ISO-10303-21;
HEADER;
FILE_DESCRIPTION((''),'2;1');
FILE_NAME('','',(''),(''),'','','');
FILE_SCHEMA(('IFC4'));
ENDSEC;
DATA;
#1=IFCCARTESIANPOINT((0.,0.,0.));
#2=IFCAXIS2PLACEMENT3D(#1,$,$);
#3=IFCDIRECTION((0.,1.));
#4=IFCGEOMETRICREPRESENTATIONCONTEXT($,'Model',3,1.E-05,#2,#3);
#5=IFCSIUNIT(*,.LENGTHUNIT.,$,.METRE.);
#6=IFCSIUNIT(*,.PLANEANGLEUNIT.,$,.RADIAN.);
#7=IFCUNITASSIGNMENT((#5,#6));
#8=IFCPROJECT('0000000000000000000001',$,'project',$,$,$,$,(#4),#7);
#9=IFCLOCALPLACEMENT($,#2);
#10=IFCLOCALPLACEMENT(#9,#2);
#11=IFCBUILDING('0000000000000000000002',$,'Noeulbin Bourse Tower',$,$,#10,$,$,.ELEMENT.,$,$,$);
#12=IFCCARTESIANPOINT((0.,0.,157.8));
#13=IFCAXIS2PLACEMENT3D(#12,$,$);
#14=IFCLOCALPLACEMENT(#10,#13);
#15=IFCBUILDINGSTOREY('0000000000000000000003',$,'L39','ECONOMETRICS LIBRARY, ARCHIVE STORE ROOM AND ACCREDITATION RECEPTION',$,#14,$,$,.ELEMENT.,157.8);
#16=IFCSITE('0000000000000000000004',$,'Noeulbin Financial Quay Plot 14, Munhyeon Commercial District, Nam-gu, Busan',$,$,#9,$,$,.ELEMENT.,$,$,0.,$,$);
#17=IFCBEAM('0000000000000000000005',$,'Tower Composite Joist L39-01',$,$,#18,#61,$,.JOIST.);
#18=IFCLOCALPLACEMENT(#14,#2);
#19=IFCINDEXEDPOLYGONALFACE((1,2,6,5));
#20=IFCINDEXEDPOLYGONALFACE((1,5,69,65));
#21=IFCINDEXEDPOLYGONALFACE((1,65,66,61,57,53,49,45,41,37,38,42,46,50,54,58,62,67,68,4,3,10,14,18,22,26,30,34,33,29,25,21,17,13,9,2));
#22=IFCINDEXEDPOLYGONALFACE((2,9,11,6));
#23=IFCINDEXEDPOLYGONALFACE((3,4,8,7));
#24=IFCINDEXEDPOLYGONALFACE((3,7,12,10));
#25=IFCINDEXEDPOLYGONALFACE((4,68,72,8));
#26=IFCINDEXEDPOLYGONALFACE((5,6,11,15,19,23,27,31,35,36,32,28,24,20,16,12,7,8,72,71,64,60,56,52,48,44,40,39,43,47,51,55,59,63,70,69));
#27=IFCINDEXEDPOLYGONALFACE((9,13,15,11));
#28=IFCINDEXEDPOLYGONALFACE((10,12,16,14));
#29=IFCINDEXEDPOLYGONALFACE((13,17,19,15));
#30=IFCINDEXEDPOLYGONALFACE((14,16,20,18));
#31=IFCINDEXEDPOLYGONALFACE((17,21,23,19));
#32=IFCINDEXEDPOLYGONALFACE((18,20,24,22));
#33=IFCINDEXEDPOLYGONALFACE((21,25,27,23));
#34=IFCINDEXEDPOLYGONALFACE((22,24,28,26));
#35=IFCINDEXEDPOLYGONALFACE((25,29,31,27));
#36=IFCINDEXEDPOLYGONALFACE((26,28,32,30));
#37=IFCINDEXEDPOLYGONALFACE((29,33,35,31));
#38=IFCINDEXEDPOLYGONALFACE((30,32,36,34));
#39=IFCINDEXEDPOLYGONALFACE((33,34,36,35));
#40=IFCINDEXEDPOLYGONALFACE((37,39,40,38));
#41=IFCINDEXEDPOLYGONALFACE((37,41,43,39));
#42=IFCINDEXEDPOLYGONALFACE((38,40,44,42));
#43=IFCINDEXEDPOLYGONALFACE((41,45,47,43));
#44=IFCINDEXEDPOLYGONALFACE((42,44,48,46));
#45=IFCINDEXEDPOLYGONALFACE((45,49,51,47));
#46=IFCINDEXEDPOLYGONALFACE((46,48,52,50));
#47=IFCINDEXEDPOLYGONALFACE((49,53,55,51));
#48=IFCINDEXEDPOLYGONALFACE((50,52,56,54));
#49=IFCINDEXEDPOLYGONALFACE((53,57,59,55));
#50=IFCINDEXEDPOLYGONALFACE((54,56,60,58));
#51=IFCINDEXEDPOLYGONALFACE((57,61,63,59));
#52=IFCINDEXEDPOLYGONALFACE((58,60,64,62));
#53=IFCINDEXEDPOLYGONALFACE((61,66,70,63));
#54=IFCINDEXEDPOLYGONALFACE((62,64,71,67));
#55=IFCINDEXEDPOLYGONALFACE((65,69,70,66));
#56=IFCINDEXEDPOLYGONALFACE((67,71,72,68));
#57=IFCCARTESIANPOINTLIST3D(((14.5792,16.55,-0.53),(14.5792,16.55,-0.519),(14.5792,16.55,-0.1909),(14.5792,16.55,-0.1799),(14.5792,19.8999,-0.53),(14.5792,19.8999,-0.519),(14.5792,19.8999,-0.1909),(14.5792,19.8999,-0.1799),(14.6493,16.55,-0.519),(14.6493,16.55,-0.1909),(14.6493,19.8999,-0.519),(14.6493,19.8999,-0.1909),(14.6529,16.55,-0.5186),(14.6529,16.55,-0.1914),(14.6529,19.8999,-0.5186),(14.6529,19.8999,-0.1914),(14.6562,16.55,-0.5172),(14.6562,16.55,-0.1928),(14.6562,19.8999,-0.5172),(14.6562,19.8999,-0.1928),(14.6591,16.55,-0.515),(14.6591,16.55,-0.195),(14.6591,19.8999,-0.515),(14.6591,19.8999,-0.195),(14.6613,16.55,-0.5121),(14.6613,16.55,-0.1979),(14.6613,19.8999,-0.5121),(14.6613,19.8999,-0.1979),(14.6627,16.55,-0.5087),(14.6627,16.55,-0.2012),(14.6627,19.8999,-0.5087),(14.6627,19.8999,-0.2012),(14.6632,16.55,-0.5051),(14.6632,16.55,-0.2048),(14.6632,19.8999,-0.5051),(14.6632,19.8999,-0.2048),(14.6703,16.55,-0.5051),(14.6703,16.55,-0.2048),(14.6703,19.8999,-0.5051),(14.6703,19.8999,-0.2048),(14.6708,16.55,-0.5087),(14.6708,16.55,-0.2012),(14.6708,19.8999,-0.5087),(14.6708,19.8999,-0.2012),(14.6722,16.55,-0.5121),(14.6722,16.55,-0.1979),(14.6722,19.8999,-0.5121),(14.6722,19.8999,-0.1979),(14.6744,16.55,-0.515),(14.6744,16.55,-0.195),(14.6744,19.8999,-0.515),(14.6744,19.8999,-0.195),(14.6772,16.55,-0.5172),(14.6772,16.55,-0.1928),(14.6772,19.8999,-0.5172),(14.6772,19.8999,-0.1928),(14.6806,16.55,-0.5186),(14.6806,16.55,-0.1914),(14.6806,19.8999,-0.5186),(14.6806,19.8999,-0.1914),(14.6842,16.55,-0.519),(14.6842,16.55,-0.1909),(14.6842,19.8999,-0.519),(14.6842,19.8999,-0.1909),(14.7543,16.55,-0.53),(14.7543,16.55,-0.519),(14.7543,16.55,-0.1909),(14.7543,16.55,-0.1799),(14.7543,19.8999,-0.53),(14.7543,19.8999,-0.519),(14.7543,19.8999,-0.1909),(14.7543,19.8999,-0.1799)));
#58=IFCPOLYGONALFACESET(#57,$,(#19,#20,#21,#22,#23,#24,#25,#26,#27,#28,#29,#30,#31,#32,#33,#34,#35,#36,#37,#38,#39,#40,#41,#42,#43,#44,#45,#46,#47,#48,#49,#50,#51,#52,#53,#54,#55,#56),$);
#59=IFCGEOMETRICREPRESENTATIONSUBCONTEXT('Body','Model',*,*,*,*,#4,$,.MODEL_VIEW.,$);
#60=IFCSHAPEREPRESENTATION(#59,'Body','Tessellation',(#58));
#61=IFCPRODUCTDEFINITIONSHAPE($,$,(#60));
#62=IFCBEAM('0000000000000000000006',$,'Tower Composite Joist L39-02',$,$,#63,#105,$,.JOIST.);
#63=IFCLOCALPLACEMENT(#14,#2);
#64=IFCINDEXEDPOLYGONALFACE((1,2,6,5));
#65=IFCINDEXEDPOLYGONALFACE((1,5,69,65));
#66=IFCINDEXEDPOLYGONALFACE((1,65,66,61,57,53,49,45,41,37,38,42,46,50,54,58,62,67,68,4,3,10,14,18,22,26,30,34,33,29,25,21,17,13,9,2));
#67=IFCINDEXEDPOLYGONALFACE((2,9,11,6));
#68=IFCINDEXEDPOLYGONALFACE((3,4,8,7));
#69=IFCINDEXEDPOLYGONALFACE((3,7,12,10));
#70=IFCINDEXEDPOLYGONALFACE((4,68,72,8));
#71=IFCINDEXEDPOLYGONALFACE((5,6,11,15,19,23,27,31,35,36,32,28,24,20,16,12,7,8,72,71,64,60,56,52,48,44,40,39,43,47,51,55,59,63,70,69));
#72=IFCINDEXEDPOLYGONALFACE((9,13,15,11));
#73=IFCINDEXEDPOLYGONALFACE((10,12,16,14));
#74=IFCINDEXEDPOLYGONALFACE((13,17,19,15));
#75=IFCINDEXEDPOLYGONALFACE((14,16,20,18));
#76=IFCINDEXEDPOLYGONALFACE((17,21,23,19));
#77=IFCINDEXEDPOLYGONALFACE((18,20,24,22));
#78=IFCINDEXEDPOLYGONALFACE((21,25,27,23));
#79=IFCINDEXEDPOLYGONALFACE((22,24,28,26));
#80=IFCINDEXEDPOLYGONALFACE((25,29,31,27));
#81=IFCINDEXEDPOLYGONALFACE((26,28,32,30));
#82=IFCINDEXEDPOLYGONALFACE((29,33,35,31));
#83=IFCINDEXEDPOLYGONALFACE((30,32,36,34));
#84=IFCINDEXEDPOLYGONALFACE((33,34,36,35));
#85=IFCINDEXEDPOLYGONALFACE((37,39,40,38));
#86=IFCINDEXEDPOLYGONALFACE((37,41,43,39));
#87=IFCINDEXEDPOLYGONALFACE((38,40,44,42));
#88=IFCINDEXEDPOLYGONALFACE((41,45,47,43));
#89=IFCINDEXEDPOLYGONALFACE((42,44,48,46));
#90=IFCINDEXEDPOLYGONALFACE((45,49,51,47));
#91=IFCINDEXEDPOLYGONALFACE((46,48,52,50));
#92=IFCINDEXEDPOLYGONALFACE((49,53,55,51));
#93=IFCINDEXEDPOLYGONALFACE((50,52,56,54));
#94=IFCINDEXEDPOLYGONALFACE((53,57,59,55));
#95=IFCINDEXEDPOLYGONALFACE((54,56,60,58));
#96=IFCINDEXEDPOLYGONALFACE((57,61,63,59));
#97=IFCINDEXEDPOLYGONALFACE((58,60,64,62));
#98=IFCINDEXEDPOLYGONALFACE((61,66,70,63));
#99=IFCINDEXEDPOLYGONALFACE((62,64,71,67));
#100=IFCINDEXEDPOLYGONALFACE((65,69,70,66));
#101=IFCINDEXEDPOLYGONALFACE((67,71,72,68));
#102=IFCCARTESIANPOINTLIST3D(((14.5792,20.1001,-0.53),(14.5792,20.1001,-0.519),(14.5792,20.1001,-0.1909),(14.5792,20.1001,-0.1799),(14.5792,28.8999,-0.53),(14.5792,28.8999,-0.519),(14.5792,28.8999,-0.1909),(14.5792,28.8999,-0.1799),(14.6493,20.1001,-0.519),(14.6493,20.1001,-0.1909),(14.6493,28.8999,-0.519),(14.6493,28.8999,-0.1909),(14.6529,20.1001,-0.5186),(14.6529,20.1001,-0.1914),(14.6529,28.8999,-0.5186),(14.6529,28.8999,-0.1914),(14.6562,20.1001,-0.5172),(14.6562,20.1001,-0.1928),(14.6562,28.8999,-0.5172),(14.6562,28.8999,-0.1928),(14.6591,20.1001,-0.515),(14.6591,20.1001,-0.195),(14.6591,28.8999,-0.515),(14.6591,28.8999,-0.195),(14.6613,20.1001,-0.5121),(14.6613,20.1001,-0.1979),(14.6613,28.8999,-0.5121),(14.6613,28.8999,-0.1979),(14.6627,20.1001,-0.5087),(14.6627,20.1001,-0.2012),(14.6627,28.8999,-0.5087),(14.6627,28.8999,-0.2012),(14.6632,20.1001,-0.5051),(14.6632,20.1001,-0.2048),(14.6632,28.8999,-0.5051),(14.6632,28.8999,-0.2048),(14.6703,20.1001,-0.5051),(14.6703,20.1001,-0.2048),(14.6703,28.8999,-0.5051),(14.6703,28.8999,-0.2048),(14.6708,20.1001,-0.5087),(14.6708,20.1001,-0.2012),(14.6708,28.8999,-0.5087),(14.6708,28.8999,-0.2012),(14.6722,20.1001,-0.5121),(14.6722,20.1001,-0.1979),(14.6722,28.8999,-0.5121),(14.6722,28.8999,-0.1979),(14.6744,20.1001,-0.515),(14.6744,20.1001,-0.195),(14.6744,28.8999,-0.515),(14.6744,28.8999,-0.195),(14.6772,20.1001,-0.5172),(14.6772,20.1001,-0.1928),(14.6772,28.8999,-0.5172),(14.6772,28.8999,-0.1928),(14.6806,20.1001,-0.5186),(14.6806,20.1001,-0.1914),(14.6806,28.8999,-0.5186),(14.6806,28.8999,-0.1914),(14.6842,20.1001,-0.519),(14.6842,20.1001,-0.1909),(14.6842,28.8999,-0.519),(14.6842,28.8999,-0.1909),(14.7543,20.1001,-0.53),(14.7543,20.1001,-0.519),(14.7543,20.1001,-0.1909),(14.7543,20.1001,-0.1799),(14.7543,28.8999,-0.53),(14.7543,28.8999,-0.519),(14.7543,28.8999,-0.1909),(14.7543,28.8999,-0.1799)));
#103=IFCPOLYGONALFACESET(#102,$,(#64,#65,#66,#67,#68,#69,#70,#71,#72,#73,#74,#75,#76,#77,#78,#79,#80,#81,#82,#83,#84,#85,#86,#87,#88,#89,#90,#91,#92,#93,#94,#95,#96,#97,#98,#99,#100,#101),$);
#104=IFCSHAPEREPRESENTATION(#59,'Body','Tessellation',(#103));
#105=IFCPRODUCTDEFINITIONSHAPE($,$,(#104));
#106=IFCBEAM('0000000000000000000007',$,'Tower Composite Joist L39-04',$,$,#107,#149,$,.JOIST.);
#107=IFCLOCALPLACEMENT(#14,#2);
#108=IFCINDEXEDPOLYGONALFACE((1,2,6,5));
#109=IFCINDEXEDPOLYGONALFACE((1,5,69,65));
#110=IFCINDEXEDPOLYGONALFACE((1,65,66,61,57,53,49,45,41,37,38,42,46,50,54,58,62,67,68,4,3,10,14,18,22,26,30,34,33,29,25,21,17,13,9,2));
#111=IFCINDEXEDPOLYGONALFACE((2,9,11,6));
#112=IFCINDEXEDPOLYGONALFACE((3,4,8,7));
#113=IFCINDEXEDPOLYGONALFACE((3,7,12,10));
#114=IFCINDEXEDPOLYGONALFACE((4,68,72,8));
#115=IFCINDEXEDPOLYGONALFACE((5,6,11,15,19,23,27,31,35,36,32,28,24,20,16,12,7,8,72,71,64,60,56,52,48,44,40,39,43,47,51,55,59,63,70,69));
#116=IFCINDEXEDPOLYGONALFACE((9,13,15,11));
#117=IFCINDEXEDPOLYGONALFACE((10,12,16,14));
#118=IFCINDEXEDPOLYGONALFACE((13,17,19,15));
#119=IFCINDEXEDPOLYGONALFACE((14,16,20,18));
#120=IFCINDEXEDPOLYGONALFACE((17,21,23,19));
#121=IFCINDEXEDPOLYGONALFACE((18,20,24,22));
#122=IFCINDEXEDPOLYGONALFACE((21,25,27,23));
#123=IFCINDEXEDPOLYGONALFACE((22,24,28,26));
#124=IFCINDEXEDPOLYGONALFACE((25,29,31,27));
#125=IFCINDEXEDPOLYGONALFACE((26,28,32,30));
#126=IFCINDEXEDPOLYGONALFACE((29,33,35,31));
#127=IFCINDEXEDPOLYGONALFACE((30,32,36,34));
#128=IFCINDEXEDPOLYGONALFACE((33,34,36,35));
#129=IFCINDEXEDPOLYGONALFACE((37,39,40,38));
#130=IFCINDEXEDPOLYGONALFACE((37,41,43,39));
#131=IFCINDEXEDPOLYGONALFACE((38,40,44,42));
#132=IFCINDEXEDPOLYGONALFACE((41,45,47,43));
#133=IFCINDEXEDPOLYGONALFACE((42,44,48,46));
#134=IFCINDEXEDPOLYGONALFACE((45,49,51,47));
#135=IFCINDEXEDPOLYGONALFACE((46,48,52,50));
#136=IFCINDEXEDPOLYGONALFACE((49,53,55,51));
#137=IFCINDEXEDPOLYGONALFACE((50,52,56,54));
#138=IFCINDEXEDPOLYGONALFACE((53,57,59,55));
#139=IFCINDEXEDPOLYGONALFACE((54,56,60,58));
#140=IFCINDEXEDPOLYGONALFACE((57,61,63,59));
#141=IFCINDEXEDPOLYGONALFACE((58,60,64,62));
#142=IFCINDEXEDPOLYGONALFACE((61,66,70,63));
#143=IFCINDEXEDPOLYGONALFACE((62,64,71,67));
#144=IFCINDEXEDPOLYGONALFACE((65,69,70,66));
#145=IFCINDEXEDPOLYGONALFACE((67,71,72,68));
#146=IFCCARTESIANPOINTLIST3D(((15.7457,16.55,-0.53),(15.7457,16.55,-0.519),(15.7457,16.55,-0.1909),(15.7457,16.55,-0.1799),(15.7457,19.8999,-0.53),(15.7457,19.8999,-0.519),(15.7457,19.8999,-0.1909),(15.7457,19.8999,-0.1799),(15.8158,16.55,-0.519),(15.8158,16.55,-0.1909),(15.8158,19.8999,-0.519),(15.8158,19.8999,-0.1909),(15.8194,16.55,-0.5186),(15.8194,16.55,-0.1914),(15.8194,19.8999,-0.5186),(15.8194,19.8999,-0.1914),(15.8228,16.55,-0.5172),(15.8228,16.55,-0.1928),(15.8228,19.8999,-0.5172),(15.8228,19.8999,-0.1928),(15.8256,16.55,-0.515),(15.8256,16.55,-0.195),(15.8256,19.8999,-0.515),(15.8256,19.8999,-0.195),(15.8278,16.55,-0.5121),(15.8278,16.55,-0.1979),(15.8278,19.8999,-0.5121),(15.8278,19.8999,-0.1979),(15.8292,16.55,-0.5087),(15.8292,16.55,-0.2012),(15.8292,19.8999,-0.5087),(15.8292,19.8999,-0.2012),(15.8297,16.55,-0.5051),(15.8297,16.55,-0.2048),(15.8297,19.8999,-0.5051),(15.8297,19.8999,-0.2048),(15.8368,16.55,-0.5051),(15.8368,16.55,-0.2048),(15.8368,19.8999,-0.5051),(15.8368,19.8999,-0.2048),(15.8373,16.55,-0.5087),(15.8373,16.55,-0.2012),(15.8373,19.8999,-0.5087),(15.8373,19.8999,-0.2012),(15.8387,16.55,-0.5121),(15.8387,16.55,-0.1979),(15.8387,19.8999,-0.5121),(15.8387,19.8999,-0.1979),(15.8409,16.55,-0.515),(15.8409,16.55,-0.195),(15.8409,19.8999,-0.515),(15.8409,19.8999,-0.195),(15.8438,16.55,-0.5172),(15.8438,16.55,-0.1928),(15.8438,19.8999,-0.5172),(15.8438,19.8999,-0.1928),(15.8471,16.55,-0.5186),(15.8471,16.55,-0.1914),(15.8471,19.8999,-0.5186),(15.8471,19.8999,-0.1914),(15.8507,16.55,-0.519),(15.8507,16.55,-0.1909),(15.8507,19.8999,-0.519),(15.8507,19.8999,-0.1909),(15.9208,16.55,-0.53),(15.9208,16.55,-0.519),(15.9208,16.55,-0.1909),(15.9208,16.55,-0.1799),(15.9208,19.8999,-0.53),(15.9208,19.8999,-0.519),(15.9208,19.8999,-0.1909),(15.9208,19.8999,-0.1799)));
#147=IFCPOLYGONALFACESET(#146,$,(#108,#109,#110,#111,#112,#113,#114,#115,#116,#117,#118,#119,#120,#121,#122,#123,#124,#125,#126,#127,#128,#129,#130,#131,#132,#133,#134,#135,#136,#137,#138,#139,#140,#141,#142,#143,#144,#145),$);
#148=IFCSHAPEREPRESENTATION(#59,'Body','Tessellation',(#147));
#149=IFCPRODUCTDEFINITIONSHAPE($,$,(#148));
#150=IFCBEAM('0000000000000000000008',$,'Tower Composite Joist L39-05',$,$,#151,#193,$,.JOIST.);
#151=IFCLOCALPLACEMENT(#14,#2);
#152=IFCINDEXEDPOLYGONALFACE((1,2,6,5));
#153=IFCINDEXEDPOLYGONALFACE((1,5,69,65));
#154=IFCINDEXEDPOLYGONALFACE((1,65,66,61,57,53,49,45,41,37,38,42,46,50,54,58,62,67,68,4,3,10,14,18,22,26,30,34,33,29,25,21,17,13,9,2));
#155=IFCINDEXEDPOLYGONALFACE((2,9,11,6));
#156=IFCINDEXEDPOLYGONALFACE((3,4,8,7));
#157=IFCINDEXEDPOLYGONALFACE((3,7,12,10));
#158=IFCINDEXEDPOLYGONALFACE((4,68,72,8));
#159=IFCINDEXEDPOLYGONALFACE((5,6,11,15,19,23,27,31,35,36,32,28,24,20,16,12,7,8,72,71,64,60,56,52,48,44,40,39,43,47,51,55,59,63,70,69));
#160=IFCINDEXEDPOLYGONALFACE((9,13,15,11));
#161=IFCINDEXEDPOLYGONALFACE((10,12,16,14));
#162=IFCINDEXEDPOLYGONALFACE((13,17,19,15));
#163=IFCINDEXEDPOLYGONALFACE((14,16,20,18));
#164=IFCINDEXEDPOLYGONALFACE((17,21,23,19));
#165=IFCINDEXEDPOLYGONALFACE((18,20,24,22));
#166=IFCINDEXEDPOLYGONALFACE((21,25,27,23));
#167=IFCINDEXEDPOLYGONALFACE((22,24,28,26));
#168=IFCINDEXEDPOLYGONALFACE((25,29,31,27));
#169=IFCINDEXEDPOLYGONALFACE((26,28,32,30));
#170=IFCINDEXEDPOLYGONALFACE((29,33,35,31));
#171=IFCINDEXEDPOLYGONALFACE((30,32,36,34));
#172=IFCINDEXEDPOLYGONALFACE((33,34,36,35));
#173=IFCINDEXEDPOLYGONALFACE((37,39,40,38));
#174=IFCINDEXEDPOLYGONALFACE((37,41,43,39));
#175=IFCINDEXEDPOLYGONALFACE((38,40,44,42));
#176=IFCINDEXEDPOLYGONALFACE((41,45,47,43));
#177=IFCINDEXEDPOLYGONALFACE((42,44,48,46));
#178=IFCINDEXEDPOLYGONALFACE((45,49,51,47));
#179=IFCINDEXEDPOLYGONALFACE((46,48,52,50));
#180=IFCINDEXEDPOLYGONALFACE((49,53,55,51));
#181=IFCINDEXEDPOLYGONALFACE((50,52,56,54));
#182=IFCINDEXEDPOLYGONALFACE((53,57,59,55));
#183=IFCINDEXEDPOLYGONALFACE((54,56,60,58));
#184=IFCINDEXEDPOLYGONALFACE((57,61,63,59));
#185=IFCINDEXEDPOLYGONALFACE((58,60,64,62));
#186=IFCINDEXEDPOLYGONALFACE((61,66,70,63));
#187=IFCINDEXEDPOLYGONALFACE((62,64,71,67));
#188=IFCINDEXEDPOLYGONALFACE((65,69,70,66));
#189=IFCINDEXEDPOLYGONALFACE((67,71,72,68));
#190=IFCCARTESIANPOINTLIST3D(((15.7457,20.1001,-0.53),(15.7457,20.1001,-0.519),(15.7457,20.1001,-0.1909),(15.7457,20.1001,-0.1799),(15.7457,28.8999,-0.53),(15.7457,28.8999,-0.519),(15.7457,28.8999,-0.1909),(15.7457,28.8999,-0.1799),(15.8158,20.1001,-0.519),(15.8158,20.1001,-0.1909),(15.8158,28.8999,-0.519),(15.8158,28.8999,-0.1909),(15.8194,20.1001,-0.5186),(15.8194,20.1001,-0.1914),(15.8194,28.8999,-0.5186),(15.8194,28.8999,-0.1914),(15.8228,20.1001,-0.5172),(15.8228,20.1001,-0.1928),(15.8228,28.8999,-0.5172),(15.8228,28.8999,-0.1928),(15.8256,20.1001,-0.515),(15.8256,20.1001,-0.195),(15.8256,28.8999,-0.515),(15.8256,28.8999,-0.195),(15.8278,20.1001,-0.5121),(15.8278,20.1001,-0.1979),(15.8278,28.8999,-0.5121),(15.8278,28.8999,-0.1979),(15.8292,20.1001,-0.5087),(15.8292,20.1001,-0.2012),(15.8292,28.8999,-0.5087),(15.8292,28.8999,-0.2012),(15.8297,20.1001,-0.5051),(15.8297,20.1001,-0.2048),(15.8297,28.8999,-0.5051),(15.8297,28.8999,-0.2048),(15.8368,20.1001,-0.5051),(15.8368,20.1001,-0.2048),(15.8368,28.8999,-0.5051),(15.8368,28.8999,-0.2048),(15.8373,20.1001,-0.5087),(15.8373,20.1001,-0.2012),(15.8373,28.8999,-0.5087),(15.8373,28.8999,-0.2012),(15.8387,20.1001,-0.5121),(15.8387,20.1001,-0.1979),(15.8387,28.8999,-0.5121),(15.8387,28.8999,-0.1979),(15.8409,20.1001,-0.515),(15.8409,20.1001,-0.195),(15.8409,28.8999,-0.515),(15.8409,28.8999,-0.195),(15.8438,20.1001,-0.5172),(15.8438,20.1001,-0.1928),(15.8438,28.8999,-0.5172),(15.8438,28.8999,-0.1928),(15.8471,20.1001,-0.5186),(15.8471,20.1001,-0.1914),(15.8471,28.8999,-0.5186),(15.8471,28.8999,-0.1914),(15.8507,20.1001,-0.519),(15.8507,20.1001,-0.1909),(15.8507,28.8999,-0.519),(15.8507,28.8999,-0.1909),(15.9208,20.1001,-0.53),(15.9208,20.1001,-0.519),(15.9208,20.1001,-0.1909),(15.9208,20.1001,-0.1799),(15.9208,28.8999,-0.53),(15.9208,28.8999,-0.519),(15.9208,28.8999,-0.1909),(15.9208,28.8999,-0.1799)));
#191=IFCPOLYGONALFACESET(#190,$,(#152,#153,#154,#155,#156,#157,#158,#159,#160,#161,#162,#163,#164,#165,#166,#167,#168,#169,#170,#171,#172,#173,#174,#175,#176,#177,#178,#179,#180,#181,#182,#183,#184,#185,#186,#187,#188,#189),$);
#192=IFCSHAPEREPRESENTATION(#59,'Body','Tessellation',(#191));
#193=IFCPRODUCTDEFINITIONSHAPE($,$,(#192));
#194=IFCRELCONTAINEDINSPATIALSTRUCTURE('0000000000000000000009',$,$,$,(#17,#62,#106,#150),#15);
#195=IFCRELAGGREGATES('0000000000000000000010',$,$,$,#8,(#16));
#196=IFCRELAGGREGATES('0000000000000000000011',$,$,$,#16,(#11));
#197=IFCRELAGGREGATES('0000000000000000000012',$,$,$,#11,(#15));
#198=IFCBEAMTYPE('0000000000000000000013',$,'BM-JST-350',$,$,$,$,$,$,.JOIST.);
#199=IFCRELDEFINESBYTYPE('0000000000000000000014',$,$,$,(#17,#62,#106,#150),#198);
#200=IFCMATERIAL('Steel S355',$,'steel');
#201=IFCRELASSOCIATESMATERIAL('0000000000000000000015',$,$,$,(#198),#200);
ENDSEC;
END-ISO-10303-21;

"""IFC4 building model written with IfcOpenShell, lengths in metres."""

from ifc_helpers import new_model, si_unit, direction, frame, origin, origin_2d, place, context, subcontext, project, spatial, i_section, extrude, material, material_profile, profile_set, type_object, element, save


model = new_model("IFC4")

# Units and contexts
model_context = context("Model", 3, precision=1e-05, world=origin(), true_north=direction((0.0, 1.0)))
body_context = subcontext(model_context, "Body", "Model", "MODEL_VIEW")
ifc_project = project(units=[si_unit("LENGTHUNIT", "METRE"), si_unit("PLANEANGLEUNIT", "RADIAN")], contexts=[model_context])

# Site, building, storey
site_placement = place(None, origin())
site = spatial("IfcSite", under=ifc_project, at=site_placement, Name="Noeulbin Financial Quay Plot 14, Munhyeon Commercial District, Nam-gu, Busan", CompositionType="ELEMENT", RefElevation=0.0)
building_placement = place(site_placement, origin())
building = spatial("IfcBuilding", under=site, at=building_placement, Name="Noeulbin Bourse Tower", CompositionType="ELEMENT")
storey_placement = place(building_placement, frame((0.0, 0.0, 157.8)))
storey = spatial("IfcBuildingStorey", under=building, at=storey_placement, Name="L39", Description="ECONOMETRICS LIBRARY, ARCHIVE STORE ROOM AND ACCREDITATION RECEPTION", CompositionType="ELEMENT", Elevation=157.8)

# Shared definitions
ifc_material_1 = material(Name="Steel S355", Category="steel")

# Beams
ifc_material_profile_1 = material_profile(ifc_material_1, i_section(OverallWidth=0.175, OverallDepth=0.3501, WebThickness=0.0071, FlangeThickness=0.011, FilletRadius=0.0139, at=origin_2d()), Name="H-350x175x7x11", Category="LoadBearing")
ifc_profile_set_1 = profile_set([ifc_material_profile_1], Name="Steel S355")
beam_type_1 = type_object("IfcBeamType", Name="BM-JST-350", PredefinedType="JOIST", material=ifc_profile_set_1)
beam_1_placement = place(storey_placement, frame((14.6667, 16.55, -0.355), z_axis=(0.0, 1.0, 0.0), x_axis=(-1.0, 0.0, 0.0)))
element("IfcBeam", 1, at=beam_1_placement, inside=storey, type_object=beam_type_1, Name="Tower Composite Joist L39-01", PredefinedType="JOIST", context=body_context, shape_type="SweptSolid", body=[
    extrude(i_section(OverallWidth=0.175, OverallDepth=0.3501, WebThickness=0.0071, FlangeThickness=0.011, FilletRadius=0.0139, at=origin_2d()), origin(), (0.0, 0.0, 1.0), 3.3499),
])
beam_2_placement = place(storey_placement, frame((14.6667, 20.1001, -0.355), z_axis=(0.0, 1.0, 0.0), x_axis=(-1.0, 0.0, 0.0)))
element("IfcBeam", 2, at=beam_2_placement, inside=storey, type_object=beam_type_1, Name="Tower Composite Joist L39-02", PredefinedType="JOIST", context=body_context, shape_type="SweptSolid", body=[
    extrude(i_section(OverallWidth=0.175, OverallDepth=0.3501, WebThickness=0.0071, FlangeThickness=0.011, FilletRadius=0.0139, at=origin_2d()), origin(), (0.0, 0.0, 1.0), 8.7998),
])
beam_3_placement = place(storey_placement, frame((15.8333, 16.55, -0.355), z_axis=(0.0, 1.0, 0.0), x_axis=(-1.0, 0.0, 0.0)))
element("IfcBeam", 3, at=beam_3_placement, inside=storey, type_object=beam_type_1, Name="Tower Composite Joist L39-04", PredefinedType="JOIST", context=body_context, shape_type="SweptSolid", body=[
    extrude(i_section(OverallWidth=0.175, OverallDepth=0.3501, WebThickness=0.0071, FlangeThickness=0.011, FilletRadius=0.0139, at=origin_2d()), origin(), (0.0, 0.0, 1.0), 3.3499),
])
beam_4_placement = place(storey_placement, frame((15.8333, 20.1001, -0.355), z_axis=(0.0, 1.0, 0.0), x_axis=(-1.0, 0.0, 0.0)))
element("IfcBeam", 4, at=beam_4_placement, inside=storey, type_object=beam_type_1, Name="Tower Composite Joist L39-05", PredefinedType="JOIST", context=body_context, shape_type="SweptSolid", body=[
    extrude(i_section(OverallWidth=0.175, OverallDepth=0.3501, WebThickness=0.0071, FlangeThickness=0.011, FilletRadius=0.0139, at=origin_2d()), origin(), (0.0, 0.0, 1.0), 8.7998),
])

save(model, "model.ifc")
